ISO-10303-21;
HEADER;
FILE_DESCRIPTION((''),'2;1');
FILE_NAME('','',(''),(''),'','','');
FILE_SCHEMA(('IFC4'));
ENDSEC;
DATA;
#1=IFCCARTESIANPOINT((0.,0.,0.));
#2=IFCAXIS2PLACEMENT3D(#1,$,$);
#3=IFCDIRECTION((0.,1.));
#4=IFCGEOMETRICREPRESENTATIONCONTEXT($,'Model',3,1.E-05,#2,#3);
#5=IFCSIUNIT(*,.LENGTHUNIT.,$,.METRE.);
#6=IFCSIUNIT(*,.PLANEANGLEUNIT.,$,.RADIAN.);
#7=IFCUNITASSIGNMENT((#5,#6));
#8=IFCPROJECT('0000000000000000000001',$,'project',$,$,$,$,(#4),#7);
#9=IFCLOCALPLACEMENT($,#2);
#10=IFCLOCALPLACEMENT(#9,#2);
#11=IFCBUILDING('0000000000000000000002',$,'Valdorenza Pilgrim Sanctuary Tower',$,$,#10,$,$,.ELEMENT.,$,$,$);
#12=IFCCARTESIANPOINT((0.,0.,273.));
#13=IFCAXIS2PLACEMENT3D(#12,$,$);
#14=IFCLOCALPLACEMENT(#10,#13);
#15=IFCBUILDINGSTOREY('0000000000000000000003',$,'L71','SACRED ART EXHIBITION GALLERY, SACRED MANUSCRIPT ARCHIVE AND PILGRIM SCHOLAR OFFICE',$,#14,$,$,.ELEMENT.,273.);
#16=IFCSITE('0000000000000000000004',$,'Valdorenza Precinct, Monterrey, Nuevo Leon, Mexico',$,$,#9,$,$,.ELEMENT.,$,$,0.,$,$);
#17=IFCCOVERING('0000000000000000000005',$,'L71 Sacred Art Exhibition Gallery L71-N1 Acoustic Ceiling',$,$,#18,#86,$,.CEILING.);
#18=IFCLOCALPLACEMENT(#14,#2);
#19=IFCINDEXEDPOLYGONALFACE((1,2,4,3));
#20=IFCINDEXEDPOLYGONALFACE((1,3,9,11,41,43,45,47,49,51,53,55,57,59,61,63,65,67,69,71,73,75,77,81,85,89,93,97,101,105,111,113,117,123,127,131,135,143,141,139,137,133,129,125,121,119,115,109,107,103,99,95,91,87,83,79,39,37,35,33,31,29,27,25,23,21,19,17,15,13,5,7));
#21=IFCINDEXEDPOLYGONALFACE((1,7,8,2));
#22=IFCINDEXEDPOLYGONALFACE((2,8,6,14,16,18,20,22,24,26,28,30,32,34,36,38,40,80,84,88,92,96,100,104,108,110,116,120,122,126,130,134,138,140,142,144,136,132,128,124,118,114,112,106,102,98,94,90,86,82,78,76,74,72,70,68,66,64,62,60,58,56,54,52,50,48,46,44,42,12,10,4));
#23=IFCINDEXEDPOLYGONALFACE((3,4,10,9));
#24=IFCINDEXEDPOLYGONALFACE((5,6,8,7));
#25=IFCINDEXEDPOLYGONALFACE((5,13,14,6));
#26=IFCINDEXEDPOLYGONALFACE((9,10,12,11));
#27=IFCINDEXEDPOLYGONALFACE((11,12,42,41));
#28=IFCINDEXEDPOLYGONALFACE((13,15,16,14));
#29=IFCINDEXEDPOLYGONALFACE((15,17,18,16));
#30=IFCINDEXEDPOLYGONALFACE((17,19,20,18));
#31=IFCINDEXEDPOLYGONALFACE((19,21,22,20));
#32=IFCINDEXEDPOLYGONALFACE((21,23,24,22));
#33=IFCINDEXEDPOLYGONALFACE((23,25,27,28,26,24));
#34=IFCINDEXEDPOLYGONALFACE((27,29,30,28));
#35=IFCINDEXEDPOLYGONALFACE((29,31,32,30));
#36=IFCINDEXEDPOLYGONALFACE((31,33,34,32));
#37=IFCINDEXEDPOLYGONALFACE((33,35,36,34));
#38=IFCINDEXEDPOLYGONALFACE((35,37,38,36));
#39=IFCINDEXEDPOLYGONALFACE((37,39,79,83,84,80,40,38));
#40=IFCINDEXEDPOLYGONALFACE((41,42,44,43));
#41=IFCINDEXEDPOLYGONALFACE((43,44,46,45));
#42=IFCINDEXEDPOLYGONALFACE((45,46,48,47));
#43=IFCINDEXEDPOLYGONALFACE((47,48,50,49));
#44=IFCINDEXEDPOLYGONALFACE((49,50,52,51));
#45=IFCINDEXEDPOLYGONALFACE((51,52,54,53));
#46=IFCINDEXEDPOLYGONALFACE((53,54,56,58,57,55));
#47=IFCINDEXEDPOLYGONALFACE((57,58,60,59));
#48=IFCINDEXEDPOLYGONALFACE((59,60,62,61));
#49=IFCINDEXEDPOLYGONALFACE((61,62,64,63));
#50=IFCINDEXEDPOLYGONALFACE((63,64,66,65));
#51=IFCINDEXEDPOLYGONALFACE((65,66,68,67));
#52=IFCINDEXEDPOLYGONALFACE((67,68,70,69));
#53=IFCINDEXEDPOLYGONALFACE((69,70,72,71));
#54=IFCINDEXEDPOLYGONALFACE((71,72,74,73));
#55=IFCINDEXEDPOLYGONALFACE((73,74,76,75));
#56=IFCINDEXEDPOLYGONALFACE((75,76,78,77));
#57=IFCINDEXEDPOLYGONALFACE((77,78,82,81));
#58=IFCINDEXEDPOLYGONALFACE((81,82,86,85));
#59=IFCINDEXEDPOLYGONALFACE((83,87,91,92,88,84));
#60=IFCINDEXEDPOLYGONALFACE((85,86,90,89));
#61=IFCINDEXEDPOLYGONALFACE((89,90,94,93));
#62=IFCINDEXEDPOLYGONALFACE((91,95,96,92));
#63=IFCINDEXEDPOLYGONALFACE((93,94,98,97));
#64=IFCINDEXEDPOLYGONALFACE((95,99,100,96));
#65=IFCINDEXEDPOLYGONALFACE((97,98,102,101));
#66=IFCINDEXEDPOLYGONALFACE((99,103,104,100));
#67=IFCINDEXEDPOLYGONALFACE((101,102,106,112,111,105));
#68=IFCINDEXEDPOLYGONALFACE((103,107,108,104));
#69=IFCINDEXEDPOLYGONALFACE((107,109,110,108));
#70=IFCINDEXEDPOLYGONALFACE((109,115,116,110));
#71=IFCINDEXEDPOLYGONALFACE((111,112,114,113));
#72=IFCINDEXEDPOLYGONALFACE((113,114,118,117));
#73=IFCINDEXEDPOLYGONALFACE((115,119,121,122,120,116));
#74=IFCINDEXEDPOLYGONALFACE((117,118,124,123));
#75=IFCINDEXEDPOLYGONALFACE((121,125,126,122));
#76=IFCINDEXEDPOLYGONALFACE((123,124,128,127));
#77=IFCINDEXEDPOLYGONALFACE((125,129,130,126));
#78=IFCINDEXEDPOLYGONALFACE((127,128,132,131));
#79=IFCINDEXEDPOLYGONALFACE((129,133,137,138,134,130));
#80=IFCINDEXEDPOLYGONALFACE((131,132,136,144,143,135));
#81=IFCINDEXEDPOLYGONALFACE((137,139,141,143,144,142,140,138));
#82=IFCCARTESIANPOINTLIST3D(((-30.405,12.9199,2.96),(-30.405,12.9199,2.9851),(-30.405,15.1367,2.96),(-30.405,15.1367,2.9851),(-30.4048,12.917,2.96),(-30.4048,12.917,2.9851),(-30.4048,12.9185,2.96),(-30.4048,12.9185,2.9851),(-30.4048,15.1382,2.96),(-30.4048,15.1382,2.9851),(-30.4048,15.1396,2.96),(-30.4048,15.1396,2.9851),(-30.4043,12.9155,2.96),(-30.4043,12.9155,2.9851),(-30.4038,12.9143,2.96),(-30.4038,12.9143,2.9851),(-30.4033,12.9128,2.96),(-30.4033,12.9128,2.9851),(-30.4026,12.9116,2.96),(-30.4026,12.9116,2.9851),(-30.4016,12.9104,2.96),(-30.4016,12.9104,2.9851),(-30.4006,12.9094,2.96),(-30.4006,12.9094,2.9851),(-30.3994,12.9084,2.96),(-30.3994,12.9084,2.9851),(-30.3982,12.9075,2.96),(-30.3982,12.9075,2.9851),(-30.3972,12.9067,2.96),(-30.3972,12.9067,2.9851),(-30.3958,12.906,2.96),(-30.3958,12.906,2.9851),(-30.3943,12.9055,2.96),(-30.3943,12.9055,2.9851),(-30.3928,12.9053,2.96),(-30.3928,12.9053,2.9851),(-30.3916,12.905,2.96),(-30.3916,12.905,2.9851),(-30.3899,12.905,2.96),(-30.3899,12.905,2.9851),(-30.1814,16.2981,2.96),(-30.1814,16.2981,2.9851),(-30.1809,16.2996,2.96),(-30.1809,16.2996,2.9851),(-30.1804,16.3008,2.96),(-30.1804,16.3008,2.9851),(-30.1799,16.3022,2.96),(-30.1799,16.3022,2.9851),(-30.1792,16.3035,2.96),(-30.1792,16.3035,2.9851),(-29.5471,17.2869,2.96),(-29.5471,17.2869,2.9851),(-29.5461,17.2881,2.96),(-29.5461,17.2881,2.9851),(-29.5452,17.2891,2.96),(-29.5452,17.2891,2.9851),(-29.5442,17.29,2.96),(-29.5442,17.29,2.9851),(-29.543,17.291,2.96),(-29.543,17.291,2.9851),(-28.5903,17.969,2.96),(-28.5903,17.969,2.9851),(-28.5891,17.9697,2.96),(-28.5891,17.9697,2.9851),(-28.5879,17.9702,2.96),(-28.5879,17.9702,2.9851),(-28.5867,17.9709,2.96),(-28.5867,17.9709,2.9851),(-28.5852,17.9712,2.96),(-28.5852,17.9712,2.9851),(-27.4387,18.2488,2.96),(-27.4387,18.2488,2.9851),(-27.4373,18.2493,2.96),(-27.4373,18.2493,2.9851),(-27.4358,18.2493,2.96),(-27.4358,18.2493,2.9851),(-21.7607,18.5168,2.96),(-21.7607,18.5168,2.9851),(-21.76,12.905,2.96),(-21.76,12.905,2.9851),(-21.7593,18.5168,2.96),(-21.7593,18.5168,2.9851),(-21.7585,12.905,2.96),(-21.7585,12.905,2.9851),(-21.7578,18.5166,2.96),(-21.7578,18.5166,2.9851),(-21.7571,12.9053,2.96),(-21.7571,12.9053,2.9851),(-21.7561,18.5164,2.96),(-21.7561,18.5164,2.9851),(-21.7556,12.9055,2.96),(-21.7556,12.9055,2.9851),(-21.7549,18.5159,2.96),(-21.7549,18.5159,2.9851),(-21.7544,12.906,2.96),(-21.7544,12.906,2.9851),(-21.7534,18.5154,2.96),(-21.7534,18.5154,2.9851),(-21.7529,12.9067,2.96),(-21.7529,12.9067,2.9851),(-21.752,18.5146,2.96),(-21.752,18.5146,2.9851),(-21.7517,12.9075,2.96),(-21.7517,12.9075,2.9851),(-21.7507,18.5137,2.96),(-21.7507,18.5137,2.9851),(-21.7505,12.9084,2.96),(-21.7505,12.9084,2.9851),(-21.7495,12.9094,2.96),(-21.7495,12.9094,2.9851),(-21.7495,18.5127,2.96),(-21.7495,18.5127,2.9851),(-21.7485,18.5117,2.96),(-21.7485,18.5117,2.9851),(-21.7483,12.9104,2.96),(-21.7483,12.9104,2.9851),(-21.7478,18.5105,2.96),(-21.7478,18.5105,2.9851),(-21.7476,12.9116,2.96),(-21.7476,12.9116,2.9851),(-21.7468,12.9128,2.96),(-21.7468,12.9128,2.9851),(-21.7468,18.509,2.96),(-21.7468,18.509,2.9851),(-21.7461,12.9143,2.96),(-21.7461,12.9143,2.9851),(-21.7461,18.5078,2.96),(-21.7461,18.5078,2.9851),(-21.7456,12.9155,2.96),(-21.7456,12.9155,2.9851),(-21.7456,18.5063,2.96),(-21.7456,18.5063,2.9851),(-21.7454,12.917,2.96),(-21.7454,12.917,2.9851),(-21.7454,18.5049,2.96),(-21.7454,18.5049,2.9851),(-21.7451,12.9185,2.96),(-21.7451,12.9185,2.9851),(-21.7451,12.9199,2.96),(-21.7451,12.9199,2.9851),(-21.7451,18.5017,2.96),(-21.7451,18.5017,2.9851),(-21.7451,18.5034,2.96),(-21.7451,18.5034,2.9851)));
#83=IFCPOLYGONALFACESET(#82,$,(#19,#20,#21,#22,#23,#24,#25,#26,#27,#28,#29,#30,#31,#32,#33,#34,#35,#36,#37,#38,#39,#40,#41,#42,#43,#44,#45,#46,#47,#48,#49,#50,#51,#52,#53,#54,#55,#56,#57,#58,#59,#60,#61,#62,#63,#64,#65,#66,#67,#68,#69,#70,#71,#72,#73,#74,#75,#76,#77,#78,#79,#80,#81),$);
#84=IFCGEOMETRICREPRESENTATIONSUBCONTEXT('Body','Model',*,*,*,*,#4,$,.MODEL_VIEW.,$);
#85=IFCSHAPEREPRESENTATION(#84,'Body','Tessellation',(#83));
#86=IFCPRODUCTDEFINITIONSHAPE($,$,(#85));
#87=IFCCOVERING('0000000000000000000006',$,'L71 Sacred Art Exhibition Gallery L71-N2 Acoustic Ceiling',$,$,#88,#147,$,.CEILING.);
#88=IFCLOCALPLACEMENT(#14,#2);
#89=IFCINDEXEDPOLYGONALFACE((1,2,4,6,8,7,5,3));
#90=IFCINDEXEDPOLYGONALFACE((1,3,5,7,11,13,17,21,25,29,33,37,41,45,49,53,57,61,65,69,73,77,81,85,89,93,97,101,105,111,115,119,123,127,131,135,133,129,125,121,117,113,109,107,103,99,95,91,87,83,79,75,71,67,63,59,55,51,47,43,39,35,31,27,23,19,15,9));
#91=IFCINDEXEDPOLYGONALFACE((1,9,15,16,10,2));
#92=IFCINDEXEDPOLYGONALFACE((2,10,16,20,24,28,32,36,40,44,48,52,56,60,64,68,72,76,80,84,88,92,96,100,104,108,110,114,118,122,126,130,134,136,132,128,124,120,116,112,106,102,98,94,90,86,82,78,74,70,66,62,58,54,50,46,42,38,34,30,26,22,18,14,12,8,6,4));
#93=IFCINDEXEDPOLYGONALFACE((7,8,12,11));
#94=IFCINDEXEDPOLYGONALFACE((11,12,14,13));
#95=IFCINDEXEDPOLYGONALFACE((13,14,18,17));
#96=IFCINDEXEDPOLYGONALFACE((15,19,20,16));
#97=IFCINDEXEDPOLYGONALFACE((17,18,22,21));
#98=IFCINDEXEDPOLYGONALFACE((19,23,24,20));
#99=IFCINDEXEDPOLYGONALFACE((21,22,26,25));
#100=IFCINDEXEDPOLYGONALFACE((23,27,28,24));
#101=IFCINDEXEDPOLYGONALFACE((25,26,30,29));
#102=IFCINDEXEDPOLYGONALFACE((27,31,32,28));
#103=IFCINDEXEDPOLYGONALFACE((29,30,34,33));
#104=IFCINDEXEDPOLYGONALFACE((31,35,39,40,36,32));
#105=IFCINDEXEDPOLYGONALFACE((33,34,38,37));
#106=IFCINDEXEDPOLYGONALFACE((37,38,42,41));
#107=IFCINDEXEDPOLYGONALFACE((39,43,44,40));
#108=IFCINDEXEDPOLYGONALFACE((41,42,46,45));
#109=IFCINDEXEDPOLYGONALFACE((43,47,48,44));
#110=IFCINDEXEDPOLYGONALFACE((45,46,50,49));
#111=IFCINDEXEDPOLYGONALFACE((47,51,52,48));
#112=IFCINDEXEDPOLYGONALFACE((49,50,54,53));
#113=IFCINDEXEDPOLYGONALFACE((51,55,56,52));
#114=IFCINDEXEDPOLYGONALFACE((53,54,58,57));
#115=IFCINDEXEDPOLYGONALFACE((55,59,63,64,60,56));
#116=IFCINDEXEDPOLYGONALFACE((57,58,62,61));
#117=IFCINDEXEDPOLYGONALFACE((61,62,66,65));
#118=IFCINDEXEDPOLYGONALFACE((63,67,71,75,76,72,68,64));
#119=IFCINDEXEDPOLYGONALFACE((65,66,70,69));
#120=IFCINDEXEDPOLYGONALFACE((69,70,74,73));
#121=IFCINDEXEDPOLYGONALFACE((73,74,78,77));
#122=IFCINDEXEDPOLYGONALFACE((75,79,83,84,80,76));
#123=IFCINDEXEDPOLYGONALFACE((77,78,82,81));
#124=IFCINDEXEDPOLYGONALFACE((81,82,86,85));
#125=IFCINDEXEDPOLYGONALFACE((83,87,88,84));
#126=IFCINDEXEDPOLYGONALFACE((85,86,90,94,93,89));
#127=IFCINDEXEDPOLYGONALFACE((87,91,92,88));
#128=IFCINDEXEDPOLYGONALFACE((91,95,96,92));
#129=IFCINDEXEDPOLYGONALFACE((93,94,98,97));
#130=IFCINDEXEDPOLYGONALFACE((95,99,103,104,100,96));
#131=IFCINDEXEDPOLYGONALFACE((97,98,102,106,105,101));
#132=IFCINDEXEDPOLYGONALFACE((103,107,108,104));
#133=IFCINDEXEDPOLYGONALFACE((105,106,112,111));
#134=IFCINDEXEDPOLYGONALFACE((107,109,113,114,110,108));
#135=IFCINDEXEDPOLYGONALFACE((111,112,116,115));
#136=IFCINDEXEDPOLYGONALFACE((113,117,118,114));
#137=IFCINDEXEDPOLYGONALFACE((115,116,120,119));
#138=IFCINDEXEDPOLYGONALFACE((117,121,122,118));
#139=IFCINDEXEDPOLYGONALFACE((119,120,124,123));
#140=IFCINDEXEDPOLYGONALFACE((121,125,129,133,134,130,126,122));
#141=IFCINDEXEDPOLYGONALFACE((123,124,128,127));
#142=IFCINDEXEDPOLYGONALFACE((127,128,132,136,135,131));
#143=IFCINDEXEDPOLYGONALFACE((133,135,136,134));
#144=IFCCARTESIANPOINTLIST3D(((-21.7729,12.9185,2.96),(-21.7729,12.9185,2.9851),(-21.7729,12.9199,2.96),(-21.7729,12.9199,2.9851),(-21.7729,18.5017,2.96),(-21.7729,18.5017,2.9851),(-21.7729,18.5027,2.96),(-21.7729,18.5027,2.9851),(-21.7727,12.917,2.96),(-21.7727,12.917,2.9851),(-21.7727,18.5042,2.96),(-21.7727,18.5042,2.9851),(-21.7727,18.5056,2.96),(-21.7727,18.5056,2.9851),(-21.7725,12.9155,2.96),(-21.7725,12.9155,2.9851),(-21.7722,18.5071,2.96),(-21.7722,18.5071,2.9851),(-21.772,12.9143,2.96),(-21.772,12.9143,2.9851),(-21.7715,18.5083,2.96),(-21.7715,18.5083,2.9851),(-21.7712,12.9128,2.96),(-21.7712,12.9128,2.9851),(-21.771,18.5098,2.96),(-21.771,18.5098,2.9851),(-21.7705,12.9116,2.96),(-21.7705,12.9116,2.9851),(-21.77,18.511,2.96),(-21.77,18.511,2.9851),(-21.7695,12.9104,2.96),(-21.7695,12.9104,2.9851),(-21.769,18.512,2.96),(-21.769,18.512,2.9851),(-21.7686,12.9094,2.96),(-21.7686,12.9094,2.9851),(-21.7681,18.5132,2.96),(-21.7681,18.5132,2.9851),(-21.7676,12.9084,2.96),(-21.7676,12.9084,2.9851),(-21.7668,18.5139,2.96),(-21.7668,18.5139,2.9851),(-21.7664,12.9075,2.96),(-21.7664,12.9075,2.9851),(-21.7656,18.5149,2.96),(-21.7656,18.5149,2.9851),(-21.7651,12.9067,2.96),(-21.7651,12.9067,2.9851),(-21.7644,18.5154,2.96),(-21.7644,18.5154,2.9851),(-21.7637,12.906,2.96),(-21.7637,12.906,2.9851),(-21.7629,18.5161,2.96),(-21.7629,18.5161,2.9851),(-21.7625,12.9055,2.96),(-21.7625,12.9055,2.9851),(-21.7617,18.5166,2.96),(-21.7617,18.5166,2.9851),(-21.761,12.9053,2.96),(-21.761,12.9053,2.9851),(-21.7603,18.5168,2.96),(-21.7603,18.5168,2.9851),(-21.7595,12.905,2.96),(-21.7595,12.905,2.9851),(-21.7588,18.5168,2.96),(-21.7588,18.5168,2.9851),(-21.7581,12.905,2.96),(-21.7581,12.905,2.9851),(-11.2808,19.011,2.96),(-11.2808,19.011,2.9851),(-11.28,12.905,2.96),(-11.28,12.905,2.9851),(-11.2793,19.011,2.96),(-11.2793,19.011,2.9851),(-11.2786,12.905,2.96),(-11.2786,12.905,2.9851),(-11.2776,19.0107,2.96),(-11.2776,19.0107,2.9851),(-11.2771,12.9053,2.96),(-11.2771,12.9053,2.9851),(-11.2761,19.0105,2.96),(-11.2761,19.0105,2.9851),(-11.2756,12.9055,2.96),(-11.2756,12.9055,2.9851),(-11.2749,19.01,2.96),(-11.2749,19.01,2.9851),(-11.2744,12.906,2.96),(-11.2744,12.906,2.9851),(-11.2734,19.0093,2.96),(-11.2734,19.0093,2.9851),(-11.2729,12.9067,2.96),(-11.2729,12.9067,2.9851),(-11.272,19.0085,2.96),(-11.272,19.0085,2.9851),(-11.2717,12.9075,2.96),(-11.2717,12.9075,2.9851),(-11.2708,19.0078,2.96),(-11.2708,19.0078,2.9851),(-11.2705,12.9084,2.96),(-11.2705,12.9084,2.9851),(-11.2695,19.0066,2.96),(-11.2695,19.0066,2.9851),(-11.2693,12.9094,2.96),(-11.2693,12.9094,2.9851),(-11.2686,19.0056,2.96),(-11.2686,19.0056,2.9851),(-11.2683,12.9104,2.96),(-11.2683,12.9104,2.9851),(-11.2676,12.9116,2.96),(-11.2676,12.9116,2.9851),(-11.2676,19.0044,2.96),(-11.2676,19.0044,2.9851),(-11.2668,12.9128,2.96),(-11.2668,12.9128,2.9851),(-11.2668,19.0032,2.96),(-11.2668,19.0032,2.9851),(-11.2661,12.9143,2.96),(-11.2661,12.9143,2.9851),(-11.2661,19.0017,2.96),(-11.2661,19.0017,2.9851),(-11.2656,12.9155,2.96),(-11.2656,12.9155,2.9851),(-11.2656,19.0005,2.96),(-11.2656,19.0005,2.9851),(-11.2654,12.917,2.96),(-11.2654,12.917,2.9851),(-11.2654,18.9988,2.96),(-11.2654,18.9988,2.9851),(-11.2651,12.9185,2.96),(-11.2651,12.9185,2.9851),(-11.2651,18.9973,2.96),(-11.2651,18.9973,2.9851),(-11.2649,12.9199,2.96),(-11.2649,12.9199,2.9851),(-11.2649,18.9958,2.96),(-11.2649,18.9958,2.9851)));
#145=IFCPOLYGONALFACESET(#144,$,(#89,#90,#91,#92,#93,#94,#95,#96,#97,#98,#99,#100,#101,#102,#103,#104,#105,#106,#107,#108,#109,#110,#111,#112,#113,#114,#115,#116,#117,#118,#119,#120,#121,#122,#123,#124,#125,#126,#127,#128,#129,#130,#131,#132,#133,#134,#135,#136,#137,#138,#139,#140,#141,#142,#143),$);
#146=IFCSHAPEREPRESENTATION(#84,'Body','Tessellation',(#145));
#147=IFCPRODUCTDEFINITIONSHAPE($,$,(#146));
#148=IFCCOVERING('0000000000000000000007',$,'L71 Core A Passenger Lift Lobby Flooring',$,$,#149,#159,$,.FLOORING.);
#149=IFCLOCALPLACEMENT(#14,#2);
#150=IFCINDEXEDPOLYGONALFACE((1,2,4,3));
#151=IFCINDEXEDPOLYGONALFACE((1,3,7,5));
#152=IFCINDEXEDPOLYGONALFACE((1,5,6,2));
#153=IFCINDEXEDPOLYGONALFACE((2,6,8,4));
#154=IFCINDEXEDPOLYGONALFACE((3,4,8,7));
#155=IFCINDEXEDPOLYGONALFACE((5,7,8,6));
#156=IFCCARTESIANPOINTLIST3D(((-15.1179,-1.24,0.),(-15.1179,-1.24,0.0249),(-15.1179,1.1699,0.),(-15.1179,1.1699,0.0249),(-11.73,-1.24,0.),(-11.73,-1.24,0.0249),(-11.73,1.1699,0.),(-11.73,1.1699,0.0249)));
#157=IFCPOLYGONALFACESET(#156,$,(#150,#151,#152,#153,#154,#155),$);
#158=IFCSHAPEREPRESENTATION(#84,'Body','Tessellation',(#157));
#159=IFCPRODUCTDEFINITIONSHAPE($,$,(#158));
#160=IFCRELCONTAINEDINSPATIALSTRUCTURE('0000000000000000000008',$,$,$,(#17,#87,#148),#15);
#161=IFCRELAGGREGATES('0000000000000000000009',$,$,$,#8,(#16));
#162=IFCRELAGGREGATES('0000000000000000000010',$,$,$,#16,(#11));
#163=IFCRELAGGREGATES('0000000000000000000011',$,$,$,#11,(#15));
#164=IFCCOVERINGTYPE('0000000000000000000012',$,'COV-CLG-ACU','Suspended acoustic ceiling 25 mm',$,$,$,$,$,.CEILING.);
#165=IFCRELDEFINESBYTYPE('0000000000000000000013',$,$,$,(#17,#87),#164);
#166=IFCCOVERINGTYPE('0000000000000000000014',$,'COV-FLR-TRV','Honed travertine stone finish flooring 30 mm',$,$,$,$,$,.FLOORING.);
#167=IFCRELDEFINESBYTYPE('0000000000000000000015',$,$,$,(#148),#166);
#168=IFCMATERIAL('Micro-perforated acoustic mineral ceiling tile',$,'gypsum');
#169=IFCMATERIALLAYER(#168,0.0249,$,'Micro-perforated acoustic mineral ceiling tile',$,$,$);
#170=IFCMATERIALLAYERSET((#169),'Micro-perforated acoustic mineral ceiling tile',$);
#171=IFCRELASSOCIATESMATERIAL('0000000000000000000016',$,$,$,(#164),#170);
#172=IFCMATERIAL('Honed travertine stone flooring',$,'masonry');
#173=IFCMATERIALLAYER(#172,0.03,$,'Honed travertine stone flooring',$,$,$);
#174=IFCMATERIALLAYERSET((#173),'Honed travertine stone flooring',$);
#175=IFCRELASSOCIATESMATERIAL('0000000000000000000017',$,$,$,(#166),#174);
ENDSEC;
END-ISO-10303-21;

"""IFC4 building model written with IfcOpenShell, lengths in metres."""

from ifc_helpers import new_model, si_unit, direction, frame, origin, place, context, subcontext, project, spatial, polyline, outline, extrude, material, layer, layer_set, type_object, element, save


model = new_model("IFC4")

# Units and contexts
model_context = context("Model", 3, precision=1e-05, world=origin(), true_north=direction((0.0, 1.0)))
body_context = subcontext(model_context, "Body", "Model", "MODEL_VIEW")
ifc_project = project(units=[si_unit("LENGTHUNIT", "METRE"), si_unit("PLANEANGLEUNIT", "RADIAN")], contexts=[model_context])

# Site, building, storey
site_placement = place(None, origin())
site = spatial("IfcSite", under=ifc_project, at=site_placement, Name="Valdorenza Precinct, Monterrey, Nuevo Leon, Mexico", CompositionType="ELEMENT", RefElevation=0.0)
building_placement = place(site_placement, origin())
building = spatial("IfcBuilding", under=site, at=building_placement, Name="Valdorenza Pilgrim Sanctuary Tower", CompositionType="ELEMENT")
storey_placement = place(building_placement, frame((0.0, 0.0, 273.0)))
storey = spatial("IfcBuildingStorey", under=building, at=storey_placement, Name="L71", Description="SACRED ART EXHIBITION GALLERY, SACRED MANUSCRIPT ARCHIVE AND PILGRIM SCHOLAR OFFICE", CompositionType="ELEMENT", Elevation=273.0)

# Coverings
ifc_material_1 = material(Name="Micro-perforated acoustic mineral ceiling tile", Category="gypsum")
ifc_layer_1 = layer(ifc_material_1, 0.0249, Name="Micro-perforated acoustic mineral ceiling tile")
ifc_layer_set_1 = layer_set([ifc_layer_1], Name="Micro-perforated acoustic mineral ceiling tile")
covering_type_1 = type_object("IfcCoveringType", Name="COV-CLG-ACU", Description="Suspended acoustic ceiling 25 mm", PredefinedType="CEILING", material=ifc_layer_set_1)
covering_1_placement = place(storey_placement, frame((0.0, 0.0, 2.96)))
element("IfcCovering", 1, at=covering_1_placement, inside=storey, type_object=covering_type_1, Name="L71 Sacred Art Exhibition Gallery L71-N1 Acoustic Ceiling", PredefinedType="CEILING", context=body_context, shape_type="SweptSolid", body=[
    extrude(outline(polyline([(-30.3899, 12.905), (-30.3916, 12.905), (-30.3928, 12.9053), (-30.3943, 12.9055), (-30.3958, 12.906), (-30.3972, 12.9067), (-30.3982, 12.9075), (-30.3994, 12.9084), (-30.4006, 12.9094), (-30.4016, 12.9104), (-30.4026, 12.9116), (-30.4033, 12.9128), (-30.4038, 12.9143), (-30.4043, 12.9155), (-30.4048, 12.917), (-30.4048, 12.9185), (-30.405, 12.9199), (-30.405, 15.1367), (-30.4048, 15.1382), (-30.4048, 15.1396), (-30.1814, 16.2981), (-30.1809, 16.2996), (-30.1804, 16.3008), (-30.1799, 16.3022), (-30.1792, 16.3035), (-29.5471, 17.2869), (-29.5461, 17.2881), (-29.5452, 17.2891), (-29.5442, 17.29), (-29.543, 17.291), (-28.5903, 17.969), (-28.5891, 17.9697), (-28.5879, 17.9702), (-28.5867, 17.9709), (-28.5852, 17.9712), (-27.4387, 18.2488), (-27.4373, 18.2493), (-27.4358, 18.2493), (-21.7607, 18.5168), (-21.7593, 18.5168), (-21.7578, 18.5166), (-21.7561, 18.5164), (-21.7549, 18.5159), (-21.7534, 18.5154), (-21.752, 18.5146), (-21.7507, 18.5137), (-21.7495, 18.5127), (-21.7485, 18.5117), (-21.7478, 18.5105), (-21.7468, 18.509), (-21.7461, 18.5078), (-21.7456, 18.5063), (-21.7454, 18.5049), (-21.7451, 18.5034), (-21.7451, 18.5017), (-21.7451, 12.9199), (-21.7451, 12.9185), (-21.7454, 12.917), (-21.7456, 12.9155), (-21.7461, 12.9143), (-21.7468, 12.9128), (-21.7476, 12.9116), (-21.7483, 12.9104), (-21.7495, 12.9094), (-21.7505, 12.9084), (-21.7517, 12.9075), (-21.7529, 12.9067), (-21.7544, 12.906), (-21.7556, 12.9055), (-21.7571, 12.9053), (-21.7585, 12.905), (-21.76, 12.905), (-30.3899, 12.905)])), origin(), (0.0, 0.0, 1.0), 0.0251),
])
covering_2_placement = place(storey_placement, frame((0.0, 0.0, 2.96)))
element("IfcCovering", 2, at=covering_2_placement, inside=storey, type_object=covering_type_1, Name="L71 Sacred Art Exhibition Gallery L71-N2 Acoustic Ceiling", PredefinedType="CEILING", context=body_context, shape_type="SweptSolid", body=[
    extrude(outline(polyline([(-21.7729, 18.5017), (-21.7729, 18.5027), (-21.7727, 18.5042), (-21.7727, 18.5056), (-21.7722, 18.5071), (-21.7715, 18.5083), (-21.771, 18.5098), (-21.77, 18.511), (-21.769, 18.512), (-21.7681, 18.5132), (-21.7668, 18.5139), (-21.7656, 18.5149), (-21.7644, 18.5154), (-21.7629, 18.5161), (-21.7617, 18.5166), (-21.7603, 18.5168), (-21.7588, 18.5168), (-11.2808, 19.011), (-11.2793, 19.011), (-11.2776, 19.0107), (-11.2761, 19.0105), (-11.2749, 19.01), (-11.2734, 19.0093), (-11.272, 19.0085), (-11.2708, 19.0078), (-11.2695, 19.0066), (-11.2686, 19.0056), (-11.2676, 19.0044), (-11.2668, 19.0032), (-11.2661, 19.0017), (-11.2656, 19.0005), (-11.2654, 18.9988), (-11.2651, 18.9973), (-11.2649, 18.9958), (-11.2649, 12.9199), (-11.2651, 12.9185), (-11.2654, 12.917), (-11.2656, 12.9155), (-11.2661, 12.9143), (-11.2668, 12.9128), (-11.2676, 12.9116), (-11.2683, 12.9104), (-11.2693, 12.9094), (-11.2705, 12.9084), (-11.2717, 12.9075), (-11.2729, 12.9067), (-11.2744, 12.906), (-11.2756, 12.9055), (-11.2771, 12.9053), (-11.2786, 12.905), (-11.28, 12.905), (-21.7581, 12.905), (-21.7595, 12.905), (-21.761, 12.9053), (-21.7625, 12.9055), (-21.7637, 12.906), (-21.7651, 12.9067), (-21.7664, 12.9075), (-21.7676, 12.9084), (-21.7686, 12.9094), (-21.7695, 12.9104), (-21.7705, 12.9116), (-21.7712, 12.9128), (-21.772, 12.9143), (-21.7725, 12.9155), (-21.7727, 12.917), (-21.7729, 12.9185), (-21.7729, 12.9199), (-21.7729, 18.5017), (-21.7729, 18.5017)])), origin(), (0.0, 0.0, 1.0), 0.0251),
])
ifc_material_2 = material(Name="Honed travertine stone flooring", Category="masonry")
ifc_layer_2 = layer(ifc_material_2, 0.03, Name="Honed travertine stone flooring")
ifc_layer_set_2 = layer_set([ifc_layer_2], Name="Honed travertine stone flooring")
covering_type_2 = type_object("IfcCoveringType", Name="COV-FLR-TRV", Description="Honed travertine stone finish flooring 30 mm", PredefinedType="FLOORING", material=ifc_layer_set_2)
covering_3_placement = place(storey_placement, origin())
element("IfcCovering", 3, at=covering_3_placement, inside=storey, type_object=covering_type_2, Name="L71 Core A Passenger Lift Lobby Flooring", PredefinedType="FLOORING", context=body_context, shape_type="SweptSolid", body=[
    extrude(outline(polyline([(-15.1179, 1.1699), (-11.73, 1.1699), (-11.73, -1.24), (-15.1179, -1.24), (-15.1179, 1.1699)])), origin(), (0.0, 0.0, 1.0), 0.0249),
])

save(model, "model.ifc")
